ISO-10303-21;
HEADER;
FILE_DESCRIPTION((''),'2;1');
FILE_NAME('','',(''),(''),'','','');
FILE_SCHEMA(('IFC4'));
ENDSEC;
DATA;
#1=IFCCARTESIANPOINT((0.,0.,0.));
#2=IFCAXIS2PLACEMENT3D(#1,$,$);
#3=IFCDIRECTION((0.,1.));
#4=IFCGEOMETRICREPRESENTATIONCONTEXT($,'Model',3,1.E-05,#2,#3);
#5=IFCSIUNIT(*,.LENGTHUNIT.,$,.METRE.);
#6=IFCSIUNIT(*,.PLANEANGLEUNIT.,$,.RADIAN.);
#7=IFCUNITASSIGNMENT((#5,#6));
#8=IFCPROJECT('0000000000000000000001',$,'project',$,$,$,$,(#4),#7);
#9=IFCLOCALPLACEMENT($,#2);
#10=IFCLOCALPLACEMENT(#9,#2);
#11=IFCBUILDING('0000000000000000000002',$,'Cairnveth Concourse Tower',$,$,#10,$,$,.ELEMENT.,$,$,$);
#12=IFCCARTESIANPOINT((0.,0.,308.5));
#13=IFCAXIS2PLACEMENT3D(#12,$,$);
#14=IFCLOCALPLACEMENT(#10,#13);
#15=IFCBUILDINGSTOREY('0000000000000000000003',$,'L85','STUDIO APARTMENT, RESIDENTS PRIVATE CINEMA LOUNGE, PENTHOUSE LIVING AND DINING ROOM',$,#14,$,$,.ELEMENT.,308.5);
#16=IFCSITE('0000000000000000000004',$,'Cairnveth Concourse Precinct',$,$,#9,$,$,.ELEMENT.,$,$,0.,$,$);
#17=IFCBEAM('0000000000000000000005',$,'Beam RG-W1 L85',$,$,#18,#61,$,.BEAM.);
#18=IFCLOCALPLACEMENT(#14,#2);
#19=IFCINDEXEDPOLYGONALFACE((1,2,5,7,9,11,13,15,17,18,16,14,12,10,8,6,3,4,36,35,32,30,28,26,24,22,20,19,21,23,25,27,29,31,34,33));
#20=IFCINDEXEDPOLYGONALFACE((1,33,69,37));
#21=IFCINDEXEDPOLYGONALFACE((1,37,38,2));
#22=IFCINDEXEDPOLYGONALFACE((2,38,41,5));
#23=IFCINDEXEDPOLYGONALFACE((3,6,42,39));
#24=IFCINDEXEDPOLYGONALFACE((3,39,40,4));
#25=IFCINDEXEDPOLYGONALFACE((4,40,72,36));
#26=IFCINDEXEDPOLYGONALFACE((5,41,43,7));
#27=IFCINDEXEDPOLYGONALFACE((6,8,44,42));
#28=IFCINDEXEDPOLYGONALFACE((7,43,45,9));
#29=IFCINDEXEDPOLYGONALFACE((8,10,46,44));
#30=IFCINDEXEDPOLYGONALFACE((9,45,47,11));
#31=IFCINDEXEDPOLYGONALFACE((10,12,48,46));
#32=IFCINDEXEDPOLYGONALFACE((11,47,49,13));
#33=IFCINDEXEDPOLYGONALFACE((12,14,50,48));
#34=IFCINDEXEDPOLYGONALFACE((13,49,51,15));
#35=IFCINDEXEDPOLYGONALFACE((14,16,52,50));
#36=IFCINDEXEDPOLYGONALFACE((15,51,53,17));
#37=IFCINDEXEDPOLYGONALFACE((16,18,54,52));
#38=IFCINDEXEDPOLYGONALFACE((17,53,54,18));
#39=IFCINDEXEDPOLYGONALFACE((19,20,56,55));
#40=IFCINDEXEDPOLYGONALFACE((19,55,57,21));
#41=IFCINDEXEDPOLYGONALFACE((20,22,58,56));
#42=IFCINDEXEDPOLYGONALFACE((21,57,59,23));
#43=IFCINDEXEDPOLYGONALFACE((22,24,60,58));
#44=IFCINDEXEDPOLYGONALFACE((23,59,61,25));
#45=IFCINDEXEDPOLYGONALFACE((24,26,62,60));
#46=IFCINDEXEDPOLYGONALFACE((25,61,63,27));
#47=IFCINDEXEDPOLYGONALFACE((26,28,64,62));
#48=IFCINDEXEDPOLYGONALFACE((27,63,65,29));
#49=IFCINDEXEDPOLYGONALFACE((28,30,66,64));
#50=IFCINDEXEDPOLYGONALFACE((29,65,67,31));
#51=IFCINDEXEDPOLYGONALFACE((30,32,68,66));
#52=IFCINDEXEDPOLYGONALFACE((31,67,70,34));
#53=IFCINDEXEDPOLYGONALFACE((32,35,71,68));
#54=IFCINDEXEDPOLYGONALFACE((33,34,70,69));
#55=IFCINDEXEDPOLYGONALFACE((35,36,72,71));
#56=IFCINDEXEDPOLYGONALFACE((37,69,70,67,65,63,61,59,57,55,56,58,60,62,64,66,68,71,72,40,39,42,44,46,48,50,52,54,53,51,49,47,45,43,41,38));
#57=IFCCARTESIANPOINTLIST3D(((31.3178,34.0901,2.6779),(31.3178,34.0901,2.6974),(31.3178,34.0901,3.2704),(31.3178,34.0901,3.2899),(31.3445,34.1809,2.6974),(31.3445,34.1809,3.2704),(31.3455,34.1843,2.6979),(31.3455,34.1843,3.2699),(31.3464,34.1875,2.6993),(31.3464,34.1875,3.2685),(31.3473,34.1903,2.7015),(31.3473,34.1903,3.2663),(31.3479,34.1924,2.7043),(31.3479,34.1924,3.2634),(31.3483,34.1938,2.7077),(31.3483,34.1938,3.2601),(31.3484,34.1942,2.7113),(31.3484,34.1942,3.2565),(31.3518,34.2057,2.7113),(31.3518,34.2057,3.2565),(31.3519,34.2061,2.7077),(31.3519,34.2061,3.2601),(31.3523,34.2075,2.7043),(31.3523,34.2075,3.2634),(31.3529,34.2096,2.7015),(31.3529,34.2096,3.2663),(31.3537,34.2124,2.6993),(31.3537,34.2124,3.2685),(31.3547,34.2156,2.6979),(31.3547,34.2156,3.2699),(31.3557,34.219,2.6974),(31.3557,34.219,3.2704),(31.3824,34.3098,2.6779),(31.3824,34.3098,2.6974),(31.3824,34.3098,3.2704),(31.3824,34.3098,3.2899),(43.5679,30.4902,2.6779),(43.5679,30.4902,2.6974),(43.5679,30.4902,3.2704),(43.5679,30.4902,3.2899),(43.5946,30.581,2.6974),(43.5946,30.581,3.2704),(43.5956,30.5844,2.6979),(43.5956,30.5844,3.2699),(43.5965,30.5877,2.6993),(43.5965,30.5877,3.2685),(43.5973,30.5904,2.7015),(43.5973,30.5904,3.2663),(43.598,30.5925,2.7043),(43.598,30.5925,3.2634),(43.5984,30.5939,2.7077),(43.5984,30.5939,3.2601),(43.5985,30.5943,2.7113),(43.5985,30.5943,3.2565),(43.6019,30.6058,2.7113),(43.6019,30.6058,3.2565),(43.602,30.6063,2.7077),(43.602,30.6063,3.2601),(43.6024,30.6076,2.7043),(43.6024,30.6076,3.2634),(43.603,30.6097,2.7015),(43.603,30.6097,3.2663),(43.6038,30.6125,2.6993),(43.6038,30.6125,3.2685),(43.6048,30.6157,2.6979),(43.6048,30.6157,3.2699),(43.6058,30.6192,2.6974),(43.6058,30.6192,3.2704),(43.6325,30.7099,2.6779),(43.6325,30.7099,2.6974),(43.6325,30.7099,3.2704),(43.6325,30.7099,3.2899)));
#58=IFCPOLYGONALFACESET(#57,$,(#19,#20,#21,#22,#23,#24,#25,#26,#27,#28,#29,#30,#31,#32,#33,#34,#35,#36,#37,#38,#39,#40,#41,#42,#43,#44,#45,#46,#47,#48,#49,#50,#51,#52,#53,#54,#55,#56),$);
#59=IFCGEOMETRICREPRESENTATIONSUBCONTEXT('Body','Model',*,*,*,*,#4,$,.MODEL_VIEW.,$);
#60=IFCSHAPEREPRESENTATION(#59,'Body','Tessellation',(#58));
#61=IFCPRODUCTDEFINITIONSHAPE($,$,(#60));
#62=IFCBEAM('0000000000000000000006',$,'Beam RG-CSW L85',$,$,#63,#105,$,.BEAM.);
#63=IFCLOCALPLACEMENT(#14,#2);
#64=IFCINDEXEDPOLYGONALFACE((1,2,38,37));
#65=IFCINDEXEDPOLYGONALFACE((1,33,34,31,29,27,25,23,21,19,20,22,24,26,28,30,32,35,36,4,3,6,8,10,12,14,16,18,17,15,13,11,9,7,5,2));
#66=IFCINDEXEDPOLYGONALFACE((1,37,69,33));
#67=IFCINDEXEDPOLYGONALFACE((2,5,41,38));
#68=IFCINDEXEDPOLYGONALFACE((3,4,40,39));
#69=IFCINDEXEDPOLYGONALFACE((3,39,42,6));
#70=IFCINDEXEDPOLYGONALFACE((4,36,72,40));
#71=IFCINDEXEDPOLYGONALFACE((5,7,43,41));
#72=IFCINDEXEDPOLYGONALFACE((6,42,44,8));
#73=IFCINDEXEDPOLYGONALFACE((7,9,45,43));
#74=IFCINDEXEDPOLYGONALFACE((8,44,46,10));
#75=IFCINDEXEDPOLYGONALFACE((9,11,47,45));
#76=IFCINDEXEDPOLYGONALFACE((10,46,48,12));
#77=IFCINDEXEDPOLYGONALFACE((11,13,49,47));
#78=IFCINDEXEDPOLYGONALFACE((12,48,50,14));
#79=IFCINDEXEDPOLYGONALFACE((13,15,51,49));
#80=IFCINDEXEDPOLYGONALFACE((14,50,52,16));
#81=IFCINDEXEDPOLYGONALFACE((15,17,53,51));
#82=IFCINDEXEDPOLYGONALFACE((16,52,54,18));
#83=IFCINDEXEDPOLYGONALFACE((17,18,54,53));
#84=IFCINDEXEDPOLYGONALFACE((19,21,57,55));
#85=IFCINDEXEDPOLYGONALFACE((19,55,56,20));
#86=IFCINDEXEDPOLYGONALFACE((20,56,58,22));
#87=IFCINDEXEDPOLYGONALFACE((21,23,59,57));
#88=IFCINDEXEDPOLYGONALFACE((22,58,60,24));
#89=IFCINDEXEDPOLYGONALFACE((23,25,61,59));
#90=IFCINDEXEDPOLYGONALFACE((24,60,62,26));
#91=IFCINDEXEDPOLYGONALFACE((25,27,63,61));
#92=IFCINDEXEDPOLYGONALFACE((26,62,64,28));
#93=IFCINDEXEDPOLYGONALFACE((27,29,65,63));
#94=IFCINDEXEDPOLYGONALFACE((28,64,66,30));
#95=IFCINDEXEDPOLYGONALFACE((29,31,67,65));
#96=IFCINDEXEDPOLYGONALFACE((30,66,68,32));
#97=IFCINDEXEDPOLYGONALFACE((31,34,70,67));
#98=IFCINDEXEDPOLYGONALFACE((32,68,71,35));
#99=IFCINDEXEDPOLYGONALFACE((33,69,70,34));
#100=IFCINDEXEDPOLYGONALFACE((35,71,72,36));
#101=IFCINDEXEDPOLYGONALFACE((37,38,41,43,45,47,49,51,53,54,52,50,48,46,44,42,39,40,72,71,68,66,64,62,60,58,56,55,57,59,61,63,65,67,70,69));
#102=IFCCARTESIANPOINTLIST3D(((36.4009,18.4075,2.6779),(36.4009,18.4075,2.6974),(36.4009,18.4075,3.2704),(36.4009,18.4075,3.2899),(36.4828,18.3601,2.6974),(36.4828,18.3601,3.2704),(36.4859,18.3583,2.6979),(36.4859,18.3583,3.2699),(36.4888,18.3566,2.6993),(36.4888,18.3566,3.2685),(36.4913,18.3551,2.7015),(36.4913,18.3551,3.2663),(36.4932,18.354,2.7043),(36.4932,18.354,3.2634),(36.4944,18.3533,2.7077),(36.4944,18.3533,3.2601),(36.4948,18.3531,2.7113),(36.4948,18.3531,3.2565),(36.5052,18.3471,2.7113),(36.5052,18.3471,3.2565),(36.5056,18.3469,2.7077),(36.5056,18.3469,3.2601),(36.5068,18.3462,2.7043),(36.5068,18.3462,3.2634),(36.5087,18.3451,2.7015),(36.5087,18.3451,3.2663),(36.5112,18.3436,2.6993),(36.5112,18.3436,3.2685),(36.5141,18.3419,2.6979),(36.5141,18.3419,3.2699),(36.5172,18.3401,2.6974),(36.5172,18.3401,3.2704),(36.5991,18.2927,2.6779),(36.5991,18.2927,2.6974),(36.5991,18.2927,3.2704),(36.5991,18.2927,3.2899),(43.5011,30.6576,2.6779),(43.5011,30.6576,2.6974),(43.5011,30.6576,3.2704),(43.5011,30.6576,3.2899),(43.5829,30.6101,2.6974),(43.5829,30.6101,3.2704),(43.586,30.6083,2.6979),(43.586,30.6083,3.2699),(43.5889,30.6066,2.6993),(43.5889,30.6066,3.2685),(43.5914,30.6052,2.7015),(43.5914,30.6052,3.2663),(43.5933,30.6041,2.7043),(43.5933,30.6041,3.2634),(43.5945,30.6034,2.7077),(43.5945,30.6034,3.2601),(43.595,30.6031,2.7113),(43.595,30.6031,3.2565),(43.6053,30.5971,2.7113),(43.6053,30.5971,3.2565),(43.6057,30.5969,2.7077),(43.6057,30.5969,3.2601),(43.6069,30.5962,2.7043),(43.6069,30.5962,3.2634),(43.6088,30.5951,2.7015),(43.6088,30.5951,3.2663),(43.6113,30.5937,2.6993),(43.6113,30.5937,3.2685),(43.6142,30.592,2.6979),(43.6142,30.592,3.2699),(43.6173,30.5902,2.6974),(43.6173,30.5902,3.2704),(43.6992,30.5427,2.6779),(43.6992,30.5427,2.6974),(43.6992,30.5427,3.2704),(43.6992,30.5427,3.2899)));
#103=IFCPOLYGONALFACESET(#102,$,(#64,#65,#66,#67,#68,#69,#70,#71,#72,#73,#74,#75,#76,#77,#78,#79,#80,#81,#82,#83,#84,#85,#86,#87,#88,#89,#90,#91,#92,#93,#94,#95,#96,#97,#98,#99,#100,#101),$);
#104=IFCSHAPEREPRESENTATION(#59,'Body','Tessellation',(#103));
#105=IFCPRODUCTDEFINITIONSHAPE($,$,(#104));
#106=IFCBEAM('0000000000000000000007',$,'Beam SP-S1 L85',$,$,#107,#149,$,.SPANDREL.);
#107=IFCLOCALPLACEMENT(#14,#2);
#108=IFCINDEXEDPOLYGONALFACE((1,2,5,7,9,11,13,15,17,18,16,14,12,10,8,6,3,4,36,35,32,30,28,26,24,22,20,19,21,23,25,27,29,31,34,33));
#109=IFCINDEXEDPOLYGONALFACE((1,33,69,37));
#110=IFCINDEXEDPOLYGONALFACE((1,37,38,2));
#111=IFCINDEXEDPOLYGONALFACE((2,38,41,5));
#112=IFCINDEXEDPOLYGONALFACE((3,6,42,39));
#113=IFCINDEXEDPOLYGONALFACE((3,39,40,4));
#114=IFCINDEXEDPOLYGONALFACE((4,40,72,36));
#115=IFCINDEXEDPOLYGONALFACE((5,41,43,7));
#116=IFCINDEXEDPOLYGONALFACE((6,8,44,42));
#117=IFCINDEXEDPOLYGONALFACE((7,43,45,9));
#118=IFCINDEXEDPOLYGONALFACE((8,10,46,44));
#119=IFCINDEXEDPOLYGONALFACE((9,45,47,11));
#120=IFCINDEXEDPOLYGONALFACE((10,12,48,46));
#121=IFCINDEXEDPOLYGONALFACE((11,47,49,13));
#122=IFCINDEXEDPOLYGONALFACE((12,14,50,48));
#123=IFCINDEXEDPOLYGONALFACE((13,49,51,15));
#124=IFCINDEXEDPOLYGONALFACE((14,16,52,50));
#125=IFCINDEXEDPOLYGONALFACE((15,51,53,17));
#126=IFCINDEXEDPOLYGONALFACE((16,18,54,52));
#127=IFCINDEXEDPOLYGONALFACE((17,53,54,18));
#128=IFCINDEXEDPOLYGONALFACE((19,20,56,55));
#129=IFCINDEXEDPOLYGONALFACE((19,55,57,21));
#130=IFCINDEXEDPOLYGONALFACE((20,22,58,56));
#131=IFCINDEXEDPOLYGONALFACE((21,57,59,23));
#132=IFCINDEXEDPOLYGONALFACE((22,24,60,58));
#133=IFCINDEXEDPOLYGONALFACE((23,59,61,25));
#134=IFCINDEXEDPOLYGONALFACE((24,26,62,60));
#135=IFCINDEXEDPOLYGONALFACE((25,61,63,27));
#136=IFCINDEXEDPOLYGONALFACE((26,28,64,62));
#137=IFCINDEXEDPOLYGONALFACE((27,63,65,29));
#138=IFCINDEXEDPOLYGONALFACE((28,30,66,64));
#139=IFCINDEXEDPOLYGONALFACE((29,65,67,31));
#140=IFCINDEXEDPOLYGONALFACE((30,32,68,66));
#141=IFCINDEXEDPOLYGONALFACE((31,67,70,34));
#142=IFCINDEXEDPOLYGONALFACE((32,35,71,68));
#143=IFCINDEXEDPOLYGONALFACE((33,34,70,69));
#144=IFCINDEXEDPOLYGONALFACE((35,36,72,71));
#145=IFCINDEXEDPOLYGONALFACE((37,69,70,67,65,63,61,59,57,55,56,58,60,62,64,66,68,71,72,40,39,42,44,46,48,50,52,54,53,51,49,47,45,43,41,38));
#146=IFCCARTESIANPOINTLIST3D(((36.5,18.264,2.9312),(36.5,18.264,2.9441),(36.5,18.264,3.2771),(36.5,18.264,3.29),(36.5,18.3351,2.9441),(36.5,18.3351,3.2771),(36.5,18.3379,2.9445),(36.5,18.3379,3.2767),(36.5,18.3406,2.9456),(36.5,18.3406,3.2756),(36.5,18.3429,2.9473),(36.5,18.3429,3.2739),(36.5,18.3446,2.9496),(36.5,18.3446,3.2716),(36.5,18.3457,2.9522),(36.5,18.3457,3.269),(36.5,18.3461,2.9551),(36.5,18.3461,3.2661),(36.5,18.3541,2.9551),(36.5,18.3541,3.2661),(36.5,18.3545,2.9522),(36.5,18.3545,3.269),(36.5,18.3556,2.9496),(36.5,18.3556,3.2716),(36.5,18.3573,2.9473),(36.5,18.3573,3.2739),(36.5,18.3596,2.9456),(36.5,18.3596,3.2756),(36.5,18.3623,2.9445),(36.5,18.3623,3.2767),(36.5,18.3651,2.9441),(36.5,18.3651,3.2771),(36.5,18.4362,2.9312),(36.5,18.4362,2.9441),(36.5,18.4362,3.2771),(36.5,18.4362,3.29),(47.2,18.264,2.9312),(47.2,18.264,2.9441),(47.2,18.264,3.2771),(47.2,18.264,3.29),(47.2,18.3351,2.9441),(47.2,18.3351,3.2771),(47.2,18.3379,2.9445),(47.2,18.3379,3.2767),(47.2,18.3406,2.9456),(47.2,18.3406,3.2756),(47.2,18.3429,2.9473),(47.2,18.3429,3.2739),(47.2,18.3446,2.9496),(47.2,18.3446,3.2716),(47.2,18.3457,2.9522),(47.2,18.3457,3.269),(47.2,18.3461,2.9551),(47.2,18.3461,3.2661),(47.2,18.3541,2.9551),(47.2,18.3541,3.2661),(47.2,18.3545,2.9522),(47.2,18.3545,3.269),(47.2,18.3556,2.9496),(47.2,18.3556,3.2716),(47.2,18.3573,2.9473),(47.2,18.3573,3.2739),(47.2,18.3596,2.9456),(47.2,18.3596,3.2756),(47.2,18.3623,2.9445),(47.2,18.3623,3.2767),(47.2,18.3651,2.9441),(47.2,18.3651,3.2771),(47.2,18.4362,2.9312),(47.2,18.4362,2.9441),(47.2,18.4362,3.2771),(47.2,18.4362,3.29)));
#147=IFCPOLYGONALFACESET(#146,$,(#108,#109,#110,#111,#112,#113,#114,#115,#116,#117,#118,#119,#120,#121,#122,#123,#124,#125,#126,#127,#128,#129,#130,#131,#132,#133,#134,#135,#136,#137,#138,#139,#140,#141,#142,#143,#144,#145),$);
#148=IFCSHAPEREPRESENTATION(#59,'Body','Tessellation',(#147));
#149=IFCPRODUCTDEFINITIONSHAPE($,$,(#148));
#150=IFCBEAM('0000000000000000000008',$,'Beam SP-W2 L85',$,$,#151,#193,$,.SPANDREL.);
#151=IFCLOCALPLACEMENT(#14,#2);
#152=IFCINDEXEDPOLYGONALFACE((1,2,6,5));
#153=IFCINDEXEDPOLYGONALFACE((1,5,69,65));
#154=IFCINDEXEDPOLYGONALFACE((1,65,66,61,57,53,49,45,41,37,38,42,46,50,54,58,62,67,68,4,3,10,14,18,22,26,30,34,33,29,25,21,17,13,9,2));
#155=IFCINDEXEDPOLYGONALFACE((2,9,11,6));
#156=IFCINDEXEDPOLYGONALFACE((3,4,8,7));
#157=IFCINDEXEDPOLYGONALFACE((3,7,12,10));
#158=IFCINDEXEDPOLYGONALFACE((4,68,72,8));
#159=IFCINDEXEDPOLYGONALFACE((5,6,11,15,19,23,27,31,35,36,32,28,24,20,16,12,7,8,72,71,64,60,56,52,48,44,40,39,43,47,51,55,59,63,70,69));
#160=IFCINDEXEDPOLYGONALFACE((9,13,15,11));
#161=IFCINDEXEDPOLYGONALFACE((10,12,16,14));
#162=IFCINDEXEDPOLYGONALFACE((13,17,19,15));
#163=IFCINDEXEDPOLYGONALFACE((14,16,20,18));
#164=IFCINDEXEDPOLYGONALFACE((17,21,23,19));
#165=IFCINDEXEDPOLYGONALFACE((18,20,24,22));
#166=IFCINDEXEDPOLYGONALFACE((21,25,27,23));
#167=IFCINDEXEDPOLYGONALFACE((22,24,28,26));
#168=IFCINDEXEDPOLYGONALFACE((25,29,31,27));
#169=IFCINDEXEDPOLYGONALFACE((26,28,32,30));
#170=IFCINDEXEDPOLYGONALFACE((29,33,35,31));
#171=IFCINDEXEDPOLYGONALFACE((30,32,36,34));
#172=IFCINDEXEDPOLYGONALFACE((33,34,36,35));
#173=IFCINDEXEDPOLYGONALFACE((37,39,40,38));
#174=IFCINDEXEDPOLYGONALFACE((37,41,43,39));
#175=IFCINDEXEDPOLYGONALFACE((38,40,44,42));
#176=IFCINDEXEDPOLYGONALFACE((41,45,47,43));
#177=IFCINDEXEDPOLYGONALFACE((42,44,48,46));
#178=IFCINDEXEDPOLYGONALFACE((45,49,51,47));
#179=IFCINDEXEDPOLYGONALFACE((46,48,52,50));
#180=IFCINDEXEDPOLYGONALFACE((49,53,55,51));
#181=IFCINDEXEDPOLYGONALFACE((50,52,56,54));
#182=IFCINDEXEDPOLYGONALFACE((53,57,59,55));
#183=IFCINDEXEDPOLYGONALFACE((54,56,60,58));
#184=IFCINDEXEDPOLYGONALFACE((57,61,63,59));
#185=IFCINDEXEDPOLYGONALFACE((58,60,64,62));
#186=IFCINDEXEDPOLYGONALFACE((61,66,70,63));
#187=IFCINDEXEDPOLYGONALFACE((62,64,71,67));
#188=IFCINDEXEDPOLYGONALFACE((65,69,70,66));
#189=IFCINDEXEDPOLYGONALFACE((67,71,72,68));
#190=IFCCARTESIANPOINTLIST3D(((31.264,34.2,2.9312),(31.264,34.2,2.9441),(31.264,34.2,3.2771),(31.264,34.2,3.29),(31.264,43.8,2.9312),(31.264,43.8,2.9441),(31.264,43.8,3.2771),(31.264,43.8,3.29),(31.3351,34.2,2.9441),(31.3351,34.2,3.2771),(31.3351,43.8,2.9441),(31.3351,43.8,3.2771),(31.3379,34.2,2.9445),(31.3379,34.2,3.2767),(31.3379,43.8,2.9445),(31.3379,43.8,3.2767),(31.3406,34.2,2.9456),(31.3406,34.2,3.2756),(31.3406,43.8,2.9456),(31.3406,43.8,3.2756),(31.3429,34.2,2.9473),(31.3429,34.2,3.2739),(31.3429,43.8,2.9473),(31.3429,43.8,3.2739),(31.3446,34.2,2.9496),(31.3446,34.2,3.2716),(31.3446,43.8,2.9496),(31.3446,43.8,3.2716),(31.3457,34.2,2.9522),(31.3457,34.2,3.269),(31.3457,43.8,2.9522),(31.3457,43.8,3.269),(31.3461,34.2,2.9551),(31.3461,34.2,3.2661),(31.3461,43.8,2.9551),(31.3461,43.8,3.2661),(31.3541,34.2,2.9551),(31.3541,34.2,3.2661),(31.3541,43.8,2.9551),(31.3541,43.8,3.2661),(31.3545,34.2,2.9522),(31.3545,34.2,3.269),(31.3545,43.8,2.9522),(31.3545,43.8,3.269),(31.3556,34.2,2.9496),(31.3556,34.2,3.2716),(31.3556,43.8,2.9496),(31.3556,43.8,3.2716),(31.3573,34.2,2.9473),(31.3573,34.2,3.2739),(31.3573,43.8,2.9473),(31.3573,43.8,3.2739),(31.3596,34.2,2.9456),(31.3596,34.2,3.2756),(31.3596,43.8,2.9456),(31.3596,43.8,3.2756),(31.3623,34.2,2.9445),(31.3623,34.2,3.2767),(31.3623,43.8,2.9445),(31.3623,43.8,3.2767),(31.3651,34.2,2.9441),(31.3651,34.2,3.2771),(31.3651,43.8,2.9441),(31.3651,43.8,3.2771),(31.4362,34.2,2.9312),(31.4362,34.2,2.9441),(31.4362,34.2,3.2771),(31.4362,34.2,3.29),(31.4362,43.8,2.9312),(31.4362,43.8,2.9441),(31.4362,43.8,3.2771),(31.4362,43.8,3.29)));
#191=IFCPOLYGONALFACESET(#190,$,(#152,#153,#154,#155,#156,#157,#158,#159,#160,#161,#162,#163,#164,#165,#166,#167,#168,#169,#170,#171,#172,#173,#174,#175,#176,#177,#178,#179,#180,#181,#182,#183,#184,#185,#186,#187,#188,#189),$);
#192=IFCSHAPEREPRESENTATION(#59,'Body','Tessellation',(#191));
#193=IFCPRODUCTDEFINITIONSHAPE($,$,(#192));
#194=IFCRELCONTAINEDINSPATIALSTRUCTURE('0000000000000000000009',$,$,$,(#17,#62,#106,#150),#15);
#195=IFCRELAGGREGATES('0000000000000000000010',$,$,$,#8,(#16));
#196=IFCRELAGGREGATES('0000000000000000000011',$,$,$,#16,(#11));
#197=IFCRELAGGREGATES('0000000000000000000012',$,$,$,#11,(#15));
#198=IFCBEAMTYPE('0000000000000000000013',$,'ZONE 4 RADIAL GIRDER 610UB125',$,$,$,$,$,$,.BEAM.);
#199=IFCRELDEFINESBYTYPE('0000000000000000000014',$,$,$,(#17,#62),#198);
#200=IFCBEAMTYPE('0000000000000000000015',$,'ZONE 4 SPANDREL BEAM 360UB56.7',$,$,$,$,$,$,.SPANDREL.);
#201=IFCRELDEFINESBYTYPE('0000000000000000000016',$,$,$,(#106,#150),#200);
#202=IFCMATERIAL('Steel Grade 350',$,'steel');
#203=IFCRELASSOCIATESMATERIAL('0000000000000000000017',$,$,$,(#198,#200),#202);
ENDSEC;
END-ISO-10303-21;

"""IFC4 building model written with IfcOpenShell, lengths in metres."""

from ifc_helpers import new_model, si_unit, direction, frame, origin, origin_2d, place, context, subcontext, project, spatial, i_section, extrude, material, material_profile, profile_set, type_object, element, save


model = new_model("IFC4")

# Units and contexts
model_context = context("Model", 3, precision=1e-05, world=origin(), true_north=direction((0.0, 1.0)))
body_context = subcontext(model_context, "Body", "Model", "MODEL_VIEW")
ifc_project = project(units=[si_unit("LENGTHUNIT", "METRE"), si_unit("PLANEANGLEUNIT", "RADIAN")], contexts=[model_context])

# Site, building, storey
site_placement = place(None, origin())
site = spatial("IfcSite", under=ifc_project, at=site_placement, Name="Cairnveth Concourse Precinct", CompositionType="ELEMENT", RefElevation=0.0)
building_placement = place(site_placement, origin())
building = spatial("IfcBuilding", under=site, at=building_placement, Name="Cairnveth Concourse Tower", CompositionType="ELEMENT")
storey_placement = place(building_placement, frame((0.0, 0.0, 308.5)))
storey = spatial("IfcBuildingStorey", under=building, at=storey_placement, Name="L85", Description="STUDIO APARTMENT, RESIDENTS PRIVATE CINEMA LOUNGE, PENTHOUSE LIVING AND DINING ROOM", CompositionType="ELEMENT", Elevation=308.5)

# Shared definitions
ifc_material_1 = material(Name="Steel Grade 350", Category="steel")

# Beams
ifc_material_profile_1 = material_profile(ifc_material_1, i_section(OverallWidth=0.229, OverallDepth=0.6121, WebThickness=0.012, FlangeThickness=0.0195, FilletRadius=0.0139, at=origin_2d()), Name="610UB125")
ifc_profile_set_1 = profile_set([ifc_material_profile_1], Name="Steel Grade 350")
beam_type_1 = type_object("IfcBeamType", Name="ZONE 4 RADIAL GIRDER 610UB125", PredefinedType="BEAM", material=ifc_profile_set_1)
beam_1_placement = place(storey_placement, frame((31.3501, 34.2, 2.9839), z_axis=(0.959431, -0.281944, 0.0), x_axis=(0.281944, 0.959431, 0.0)))
element("IfcBeam", 1, at=beam_1_placement, inside=storey, type_object=beam_type_1, Name="Beam RG-W1 L85", PredefinedType="BEAM", context=body_context, shape_type="SweptSolid", body=[
    extrude(i_section(OverallWidth=0.229, OverallDepth=0.6121, WebThickness=0.012, FlangeThickness=0.0195, FilletRadius=0.0139, at=origin_2d()), origin(), (0.0, 0.0, 1.0), 12.7681),
])
beam_2_placement = place(storey_placement, frame((36.5, 18.3501, 2.9839), z_axis=(0.501459, 0.865181, 0.0), x_axis=(-0.865181, 0.501459, 0.0)))
element("IfcBeam", 2, at=beam_2_placement, inside=storey, type_object=beam_type_1, Name="Beam RG-CSW L85", PredefinedType="BEAM", context=body_context, shape_type="SweptSolid", body=[
    extrude(i_section(OverallWidth=0.229, OverallDepth=0.6121, WebThickness=0.012, FlangeThickness=0.0195, FilletRadius=0.0139, at=origin_2d()), origin(), (0.0, 0.0, 1.0), 14.1589),
])
ifc_material_profile_2 = material_profile(ifc_material_1, i_section(OverallWidth=0.1721, OverallDepth=0.3589, WebThickness=0.0081, FlangeThickness=0.0129, FilletRadius=0.011, at=origin_2d()), Name="360UB56.7")
ifc_profile_set_2 = profile_set([ifc_material_profile_2], Name="Steel Grade 350")
beam_type_2 = type_object("IfcBeamType", Name="ZONE 4 SPANDREL BEAM 360UB56.7", PredefinedType="SPANDREL", material=ifc_profile_set_2)
beam_3_placement = place(storey_placement, frame((36.5, 18.3501, 3.1106), z_axis=(1.0, 0.0, 0.0), x_axis=(0.0, 1.0, 0.0)))
element("IfcBeam", 3, at=beam_3_placement, inside=storey, type_object=beam_type_2, Name="Beam SP-S1 L85", PredefinedType="SPANDREL", context=body_context, shape_type="SweptSolid", body=[
    extrude(i_section(OverallWidth=0.1721, OverallDepth=0.3589, WebThickness=0.0081, FlangeThickness=0.0129, FilletRadius=0.011, at=origin_2d()), origin(), (0.0, 0.0, 1.0), 10.7),
])
beam_4_placement = place(storey_placement, frame((31.3501, 34.2, 3.1106), z_axis=(0.0, 1.0, 0.0), x_axis=(-1.0, 0.0, 0.0)))
element("IfcBeam", 4, at=beam_4_placement, inside=storey, type_object=beam_type_2, Name="Beam SP-W2 L85", PredefinedType="SPANDREL", context=body_context, shape_type="SweptSolid", body=[
    extrude(i_section(OverallWidth=0.1721, OverallDepth=0.3589, WebThickness=0.0081, FlangeThickness=0.0129, FilletRadius=0.011, at=origin_2d()), origin(), (0.0, 0.0, 1.0), 9.6001),
])

save(model, "model.ifc")
